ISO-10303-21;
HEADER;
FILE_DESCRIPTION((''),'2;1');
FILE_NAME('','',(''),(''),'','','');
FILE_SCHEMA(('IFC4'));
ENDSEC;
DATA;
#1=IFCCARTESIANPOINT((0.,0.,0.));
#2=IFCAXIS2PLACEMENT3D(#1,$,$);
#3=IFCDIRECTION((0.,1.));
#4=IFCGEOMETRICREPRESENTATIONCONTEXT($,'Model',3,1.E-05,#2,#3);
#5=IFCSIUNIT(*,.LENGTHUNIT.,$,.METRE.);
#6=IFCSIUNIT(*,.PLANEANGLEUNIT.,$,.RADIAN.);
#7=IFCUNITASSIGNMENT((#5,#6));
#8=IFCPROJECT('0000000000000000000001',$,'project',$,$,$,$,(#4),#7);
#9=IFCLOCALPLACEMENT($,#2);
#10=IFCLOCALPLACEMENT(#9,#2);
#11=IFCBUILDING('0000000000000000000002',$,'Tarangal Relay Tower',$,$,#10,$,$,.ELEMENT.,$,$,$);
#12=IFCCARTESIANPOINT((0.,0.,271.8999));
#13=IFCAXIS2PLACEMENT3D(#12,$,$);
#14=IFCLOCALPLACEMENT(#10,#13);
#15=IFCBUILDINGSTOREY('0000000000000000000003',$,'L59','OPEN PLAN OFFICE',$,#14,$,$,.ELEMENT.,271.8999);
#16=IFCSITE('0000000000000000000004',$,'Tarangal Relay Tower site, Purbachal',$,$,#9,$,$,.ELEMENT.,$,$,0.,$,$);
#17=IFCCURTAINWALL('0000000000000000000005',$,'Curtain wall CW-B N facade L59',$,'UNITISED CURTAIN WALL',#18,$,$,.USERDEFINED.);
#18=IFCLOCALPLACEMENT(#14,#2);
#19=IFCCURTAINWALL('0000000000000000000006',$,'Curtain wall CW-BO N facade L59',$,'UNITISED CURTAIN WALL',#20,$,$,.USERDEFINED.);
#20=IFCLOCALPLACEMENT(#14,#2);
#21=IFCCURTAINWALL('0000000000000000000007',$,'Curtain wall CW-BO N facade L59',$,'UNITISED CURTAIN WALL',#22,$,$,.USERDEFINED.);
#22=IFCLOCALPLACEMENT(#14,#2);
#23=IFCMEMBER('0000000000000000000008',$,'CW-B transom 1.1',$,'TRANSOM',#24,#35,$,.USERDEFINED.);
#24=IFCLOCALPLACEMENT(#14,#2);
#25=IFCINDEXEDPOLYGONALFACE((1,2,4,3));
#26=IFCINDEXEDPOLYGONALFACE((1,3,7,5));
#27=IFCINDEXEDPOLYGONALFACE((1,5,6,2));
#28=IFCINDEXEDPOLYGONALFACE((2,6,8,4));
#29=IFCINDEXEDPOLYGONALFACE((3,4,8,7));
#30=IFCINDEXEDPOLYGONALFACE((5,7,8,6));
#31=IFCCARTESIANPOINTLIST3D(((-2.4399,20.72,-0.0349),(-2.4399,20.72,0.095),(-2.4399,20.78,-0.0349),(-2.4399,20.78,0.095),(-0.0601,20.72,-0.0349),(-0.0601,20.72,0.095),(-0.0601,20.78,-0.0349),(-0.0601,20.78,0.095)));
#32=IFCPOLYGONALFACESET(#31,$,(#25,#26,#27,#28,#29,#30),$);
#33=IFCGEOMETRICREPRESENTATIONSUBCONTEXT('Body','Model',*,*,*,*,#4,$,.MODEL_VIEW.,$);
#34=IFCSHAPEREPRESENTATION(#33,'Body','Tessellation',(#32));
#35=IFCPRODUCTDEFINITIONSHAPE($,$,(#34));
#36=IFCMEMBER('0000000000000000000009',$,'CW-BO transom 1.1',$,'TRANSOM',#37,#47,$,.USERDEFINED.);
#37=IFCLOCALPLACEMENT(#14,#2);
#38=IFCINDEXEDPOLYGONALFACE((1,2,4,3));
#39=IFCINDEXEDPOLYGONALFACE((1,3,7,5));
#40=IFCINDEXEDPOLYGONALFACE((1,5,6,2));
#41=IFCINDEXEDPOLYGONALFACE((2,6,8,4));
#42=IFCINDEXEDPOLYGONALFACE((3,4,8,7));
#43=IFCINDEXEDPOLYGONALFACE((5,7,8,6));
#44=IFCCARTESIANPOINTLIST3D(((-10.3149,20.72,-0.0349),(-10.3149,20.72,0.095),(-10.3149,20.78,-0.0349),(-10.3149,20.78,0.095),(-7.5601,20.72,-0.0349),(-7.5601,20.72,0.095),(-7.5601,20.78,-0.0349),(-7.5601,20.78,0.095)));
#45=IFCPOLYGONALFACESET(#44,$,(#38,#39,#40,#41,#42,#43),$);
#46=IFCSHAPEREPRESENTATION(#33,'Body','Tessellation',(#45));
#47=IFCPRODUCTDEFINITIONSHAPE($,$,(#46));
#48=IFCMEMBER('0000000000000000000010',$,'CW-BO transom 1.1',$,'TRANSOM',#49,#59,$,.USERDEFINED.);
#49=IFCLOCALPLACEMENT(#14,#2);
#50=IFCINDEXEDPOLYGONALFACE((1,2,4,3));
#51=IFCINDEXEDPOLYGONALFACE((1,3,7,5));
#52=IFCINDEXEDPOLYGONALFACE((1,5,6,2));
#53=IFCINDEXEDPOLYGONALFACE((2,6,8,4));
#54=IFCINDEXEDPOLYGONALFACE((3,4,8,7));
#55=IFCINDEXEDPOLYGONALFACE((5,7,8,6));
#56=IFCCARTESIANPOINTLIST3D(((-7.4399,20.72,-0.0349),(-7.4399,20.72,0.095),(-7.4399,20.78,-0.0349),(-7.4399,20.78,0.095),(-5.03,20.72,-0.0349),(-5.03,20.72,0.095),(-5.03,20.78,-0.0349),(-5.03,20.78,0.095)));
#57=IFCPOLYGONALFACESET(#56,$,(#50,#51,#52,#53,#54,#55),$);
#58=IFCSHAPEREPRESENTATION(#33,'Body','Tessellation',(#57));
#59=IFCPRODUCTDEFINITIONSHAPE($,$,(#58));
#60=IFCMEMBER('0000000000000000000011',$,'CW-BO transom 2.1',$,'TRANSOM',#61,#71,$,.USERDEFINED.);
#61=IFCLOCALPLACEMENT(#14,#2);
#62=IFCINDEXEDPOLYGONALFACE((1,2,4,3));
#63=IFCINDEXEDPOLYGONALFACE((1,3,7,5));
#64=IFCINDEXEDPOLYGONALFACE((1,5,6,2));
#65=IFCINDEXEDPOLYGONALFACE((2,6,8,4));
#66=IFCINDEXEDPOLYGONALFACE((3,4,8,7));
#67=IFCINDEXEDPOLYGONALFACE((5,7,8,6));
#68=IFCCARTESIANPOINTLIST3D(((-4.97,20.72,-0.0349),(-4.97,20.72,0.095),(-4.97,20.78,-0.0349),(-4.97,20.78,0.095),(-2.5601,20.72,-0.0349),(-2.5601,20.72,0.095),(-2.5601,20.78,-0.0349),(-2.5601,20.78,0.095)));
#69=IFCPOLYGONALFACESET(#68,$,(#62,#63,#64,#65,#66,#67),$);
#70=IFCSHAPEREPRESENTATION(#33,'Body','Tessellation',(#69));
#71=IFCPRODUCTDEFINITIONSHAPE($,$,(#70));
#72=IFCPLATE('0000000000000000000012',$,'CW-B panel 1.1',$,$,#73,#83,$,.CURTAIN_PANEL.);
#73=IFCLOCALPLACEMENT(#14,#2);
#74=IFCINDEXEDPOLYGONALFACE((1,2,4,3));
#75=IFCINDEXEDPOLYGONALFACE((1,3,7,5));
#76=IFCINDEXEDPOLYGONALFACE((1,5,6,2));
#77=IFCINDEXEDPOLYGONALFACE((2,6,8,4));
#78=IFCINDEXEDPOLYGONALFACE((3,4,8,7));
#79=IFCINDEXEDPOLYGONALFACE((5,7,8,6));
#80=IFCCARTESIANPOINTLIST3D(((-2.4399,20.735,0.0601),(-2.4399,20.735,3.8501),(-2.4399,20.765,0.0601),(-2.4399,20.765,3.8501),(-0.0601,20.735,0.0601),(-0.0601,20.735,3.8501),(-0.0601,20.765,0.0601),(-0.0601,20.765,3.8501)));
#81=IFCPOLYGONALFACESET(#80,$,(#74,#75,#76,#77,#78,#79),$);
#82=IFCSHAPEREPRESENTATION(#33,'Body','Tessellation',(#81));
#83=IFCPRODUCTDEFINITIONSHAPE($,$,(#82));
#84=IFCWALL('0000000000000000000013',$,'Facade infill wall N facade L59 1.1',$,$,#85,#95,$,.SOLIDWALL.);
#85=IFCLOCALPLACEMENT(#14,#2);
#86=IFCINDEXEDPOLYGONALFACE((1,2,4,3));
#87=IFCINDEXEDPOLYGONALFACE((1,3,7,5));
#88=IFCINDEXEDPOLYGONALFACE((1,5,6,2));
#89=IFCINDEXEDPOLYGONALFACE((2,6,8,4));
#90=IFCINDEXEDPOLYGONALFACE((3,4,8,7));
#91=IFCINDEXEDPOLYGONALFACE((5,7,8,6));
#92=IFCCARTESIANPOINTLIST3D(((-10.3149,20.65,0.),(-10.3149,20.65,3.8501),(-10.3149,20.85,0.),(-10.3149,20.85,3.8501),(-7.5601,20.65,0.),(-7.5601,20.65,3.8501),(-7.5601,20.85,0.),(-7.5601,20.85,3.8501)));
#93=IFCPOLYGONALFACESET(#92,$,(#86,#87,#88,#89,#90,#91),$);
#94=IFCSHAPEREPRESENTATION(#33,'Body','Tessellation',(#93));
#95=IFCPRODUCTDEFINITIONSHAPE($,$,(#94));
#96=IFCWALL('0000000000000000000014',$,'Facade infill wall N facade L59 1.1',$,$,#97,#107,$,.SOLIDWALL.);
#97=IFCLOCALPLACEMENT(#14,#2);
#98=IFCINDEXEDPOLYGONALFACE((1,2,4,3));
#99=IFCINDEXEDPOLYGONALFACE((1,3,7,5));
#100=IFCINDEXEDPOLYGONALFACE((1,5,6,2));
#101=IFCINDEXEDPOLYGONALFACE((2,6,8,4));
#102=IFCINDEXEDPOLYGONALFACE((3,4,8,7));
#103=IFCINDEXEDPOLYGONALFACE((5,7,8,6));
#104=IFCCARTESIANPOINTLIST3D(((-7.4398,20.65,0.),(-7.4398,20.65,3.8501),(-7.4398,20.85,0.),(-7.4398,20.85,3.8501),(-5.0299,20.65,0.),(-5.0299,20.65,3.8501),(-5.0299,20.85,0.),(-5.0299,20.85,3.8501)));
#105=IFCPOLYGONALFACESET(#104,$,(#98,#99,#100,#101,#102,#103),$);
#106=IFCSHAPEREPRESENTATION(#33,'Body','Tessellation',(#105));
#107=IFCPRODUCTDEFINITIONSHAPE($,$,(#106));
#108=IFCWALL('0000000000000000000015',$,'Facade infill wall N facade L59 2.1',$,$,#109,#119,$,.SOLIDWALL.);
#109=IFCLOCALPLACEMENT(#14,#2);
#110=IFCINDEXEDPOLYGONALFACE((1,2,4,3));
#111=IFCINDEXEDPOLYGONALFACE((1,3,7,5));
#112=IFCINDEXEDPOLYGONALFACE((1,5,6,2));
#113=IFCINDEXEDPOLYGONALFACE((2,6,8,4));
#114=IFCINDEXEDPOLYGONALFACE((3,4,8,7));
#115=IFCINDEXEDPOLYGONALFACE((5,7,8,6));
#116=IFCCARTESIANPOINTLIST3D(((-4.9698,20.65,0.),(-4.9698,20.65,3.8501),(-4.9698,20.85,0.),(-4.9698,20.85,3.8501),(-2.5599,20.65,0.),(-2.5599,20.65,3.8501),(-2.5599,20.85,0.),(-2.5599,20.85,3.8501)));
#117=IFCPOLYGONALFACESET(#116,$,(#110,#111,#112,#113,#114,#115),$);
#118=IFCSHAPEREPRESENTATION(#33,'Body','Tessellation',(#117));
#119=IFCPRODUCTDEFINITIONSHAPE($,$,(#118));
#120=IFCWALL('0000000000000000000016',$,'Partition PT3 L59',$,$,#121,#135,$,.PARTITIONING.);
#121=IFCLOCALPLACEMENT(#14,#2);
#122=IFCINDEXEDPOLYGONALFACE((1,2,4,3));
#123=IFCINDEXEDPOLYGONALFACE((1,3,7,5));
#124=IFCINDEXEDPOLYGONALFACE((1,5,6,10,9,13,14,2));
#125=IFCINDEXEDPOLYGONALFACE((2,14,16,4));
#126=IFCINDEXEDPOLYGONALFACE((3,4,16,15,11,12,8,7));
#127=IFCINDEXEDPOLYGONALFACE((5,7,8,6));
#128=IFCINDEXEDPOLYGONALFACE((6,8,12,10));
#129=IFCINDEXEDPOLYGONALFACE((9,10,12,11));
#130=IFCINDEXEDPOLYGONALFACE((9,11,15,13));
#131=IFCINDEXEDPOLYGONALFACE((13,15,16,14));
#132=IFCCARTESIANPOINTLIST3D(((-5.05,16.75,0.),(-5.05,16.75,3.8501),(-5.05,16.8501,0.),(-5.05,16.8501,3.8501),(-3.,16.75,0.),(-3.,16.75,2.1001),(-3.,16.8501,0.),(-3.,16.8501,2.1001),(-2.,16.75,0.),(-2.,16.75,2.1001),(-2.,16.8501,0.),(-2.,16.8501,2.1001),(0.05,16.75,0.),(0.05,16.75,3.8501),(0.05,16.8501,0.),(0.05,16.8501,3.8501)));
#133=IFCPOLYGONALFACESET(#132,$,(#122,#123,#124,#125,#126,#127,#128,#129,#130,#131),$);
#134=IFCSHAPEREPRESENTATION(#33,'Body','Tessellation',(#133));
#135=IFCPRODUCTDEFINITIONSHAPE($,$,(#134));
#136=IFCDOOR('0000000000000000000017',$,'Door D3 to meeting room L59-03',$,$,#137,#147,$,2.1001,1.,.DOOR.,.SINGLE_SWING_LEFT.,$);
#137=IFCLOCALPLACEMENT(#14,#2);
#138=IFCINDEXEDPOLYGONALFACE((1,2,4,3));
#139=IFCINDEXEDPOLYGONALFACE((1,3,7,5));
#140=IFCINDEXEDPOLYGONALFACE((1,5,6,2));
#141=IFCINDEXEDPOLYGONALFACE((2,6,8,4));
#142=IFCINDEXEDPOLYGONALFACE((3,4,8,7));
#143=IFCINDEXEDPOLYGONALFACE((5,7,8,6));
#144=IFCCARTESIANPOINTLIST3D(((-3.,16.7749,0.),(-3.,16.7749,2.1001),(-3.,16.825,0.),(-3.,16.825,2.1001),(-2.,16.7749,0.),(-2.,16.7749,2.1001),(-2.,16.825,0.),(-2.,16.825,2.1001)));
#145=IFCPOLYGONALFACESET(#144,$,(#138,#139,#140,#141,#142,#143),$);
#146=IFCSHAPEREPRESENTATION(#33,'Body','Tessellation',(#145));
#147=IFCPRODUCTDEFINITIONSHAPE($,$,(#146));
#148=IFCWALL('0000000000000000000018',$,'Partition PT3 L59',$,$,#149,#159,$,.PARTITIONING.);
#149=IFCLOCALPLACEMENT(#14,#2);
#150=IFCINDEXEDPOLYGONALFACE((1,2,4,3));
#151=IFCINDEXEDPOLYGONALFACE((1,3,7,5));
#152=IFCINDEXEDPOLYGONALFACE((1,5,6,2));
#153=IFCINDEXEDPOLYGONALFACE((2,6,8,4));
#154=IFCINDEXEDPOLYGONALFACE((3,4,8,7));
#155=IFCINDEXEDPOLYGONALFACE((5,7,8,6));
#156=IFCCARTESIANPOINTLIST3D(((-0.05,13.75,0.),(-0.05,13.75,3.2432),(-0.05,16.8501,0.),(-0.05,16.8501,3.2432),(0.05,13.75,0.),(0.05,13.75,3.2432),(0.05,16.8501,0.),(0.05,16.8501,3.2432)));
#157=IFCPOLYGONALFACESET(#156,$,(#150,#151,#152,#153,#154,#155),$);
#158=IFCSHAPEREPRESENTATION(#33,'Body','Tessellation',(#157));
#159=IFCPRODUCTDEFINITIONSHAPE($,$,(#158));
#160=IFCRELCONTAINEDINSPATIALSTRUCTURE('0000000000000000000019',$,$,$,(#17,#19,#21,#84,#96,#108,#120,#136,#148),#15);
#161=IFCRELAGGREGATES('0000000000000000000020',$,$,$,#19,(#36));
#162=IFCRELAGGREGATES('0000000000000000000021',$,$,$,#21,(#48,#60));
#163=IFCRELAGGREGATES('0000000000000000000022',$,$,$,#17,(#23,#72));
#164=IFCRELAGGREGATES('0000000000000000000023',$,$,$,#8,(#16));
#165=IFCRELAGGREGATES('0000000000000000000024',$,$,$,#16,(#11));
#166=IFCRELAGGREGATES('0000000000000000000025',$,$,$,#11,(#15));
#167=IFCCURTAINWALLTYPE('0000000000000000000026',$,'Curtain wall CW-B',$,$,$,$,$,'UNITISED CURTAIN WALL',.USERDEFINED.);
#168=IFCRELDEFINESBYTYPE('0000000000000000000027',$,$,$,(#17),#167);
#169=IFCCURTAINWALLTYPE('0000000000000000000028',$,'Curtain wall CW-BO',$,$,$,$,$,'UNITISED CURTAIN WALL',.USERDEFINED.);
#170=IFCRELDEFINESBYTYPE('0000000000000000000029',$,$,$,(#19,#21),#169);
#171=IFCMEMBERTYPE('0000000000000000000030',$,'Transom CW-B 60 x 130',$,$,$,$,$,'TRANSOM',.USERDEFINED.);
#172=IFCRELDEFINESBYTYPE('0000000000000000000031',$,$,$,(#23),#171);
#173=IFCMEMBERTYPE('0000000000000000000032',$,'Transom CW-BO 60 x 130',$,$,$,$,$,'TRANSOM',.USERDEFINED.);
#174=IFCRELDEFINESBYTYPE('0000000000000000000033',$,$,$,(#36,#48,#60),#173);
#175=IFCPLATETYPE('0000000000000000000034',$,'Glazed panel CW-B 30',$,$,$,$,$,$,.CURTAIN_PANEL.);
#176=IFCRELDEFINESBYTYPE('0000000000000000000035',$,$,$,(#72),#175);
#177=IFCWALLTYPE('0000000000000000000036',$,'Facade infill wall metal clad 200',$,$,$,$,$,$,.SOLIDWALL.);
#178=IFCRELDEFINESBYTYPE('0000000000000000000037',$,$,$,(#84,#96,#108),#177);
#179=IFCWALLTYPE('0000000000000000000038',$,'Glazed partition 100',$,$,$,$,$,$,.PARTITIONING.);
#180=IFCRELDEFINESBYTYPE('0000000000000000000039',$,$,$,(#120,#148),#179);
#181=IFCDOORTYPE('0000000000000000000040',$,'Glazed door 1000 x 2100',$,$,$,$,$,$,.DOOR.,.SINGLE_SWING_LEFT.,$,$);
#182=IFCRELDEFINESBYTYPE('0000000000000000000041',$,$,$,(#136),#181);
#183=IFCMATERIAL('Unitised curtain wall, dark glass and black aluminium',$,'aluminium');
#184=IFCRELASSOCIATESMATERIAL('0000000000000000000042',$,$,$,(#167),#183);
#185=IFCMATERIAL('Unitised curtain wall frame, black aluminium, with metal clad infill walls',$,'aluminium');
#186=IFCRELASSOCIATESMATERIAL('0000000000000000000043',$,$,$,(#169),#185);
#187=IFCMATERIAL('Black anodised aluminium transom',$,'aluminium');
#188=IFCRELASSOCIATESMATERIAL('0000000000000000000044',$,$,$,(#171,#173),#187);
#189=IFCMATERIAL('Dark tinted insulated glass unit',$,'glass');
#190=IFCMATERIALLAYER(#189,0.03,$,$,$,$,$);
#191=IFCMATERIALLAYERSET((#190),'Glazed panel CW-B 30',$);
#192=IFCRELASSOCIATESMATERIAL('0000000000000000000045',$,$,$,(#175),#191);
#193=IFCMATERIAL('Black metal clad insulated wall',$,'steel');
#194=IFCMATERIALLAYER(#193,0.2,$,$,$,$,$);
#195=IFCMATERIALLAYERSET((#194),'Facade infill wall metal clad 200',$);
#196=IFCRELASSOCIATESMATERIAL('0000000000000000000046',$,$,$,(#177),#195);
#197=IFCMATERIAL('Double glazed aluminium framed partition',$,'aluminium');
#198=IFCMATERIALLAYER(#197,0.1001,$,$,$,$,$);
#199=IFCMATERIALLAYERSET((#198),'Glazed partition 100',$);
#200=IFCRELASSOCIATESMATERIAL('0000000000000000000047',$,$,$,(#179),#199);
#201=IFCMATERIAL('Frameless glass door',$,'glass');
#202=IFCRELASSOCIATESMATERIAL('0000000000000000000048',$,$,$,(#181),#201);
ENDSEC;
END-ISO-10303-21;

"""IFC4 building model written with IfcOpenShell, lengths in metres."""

from ifc_helpers import new_model, si_unit, direction, frame, frame_2d, origin, origin_2d, place, context, subcontext, project, spatial, rectangle, extrude, material, layer, layer_set, material_profile, profile_set, type_object, element, fill, aggregate, save


model = new_model("IFC4")

# Units and contexts
model_context = context("Model", 3, precision=1e-05, world=origin(), true_north=direction((0.0, 1.0)))
body_context = subcontext(model_context, "Body", "Model", "MODEL_VIEW")
ifc_project = project(units=[si_unit("LENGTHUNIT", "METRE"), si_unit("PLANEANGLEUNIT", "RADIAN")], contexts=[model_context])

# Site, building, storey
site_placement = place(None, origin())
site = spatial("IfcSite", under=ifc_project, at=site_placement, Name="Tarangal Relay Tower site, Purbachal", CompositionType="ELEMENT", RefElevation=0.0)
building_placement = place(site_placement, origin())
building = spatial("IfcBuilding", under=site, at=building_placement, Name="Tarangal Relay Tower", CompositionType="ELEMENT")
storey_placement = place(building_placement, frame((0.0, 0.0, 271.8999)))
storey = spatial("IfcBuildingStorey", under=building, at=storey_placement, Name="L59", Description="OPEN PLAN OFFICE", CompositionType="ELEMENT", Elevation=271.8999)

# Shared definitions
ifc_material_1 = material(Name="Unitised curtain wall, dark glass and black aluminium", Category="aluminium")
curtain_wall_type_1 = type_object("IfcCurtainWallType", Name="Curtain wall CW-B", ElementType="UNITISED CURTAIN WALL", PredefinedType="USERDEFINED", material=ifc_material_1)

# Curtain walls
curtain_wall_1_placement = place(storey_placement, origin())
curtain_wall_1 = element("IfcCurtainWall", 1, at=curtain_wall_1_placement, inside=storey, type_object=curtain_wall_type_1, Name="Curtain wall CW-B N facade L59", ObjectType="UNITISED CURTAIN WALL", PredefinedType="USERDEFINED")
ifc_material_2 = material(Name="Unitised curtain wall frame, black aluminium, with metal clad infill walls", Category="aluminium")
curtain_wall_type_2 = type_object("IfcCurtainWallType", Name="Curtain wall CW-BO", ElementType="UNITISED CURTAIN WALL", PredefinedType="USERDEFINED", material=ifc_material_2)
curtain_wall_2_placement = place(storey_placement, origin())
curtain_wall_2 = element("IfcCurtainWall", 2, at=curtain_wall_2_placement, inside=storey, type_object=curtain_wall_type_2, Name="Curtain wall CW-BO N facade L59", ObjectType="UNITISED CURTAIN WALL", PredefinedType="USERDEFINED")
curtain_wall_3_placement = place(storey_placement, origin())
curtain_wall_3 = element("IfcCurtainWall", 3, at=curtain_wall_3_placement, inside=storey, type_object=curtain_wall_type_2, Name="Curtain wall CW-BO N facade L59", ObjectType="UNITISED CURTAIN WALL", PredefinedType="USERDEFINED")

# Members
ifc_material_3 = material(Name="Black anodised aluminium transom", Category="aluminium")
ifc_material_profile_1 = material_profile(ifc_material_3, rectangle(XDim=0.0601, YDim=0.1299, at=origin_2d()), Name="CW-BT 60X130")
ifc_profile_set_1 = profile_set([ifc_material_profile_1], Name="Black anodised aluminium transom")
member_type_1 = type_object("IfcMemberType", Name="Transom CW-B 60 x 130", ElementType="TRANSOM", PredefinedType="USERDEFINED", material=ifc_profile_set_1)
member_1_placement = place(storey_placement, frame((-2.4399, 20.75, 0.03), z_axis=(1.0, 0.0, 0.0), x_axis=(0.0, 1.0, 0.0)))
member_1 = element("IfcMember", 4, at=member_1_placement, type_object=member_type_1, Name="CW-B transom 1.1", ObjectType="TRANSOM", PredefinedType="USERDEFINED", context=body_context, shape_type="SweptSolid", body=[
    extrude(rectangle(XDim=0.0601, YDim=0.1299, at=origin_2d()), origin(), (0.0, 0.0, 1.0), 2.3799),
])
ifc_material_profile_2 = material_profile(ifc_material_3, rectangle(XDim=0.0601, YDim=0.1299, at=origin_2d()), Name="CW-BOT 60X130")
ifc_profile_set_2 = profile_set([ifc_material_profile_2], Name="Black anodised aluminium transom")
member_type_2 = type_object("IfcMemberType", Name="Transom CW-BO 60 x 130", ElementType="TRANSOM", PredefinedType="USERDEFINED", material=ifc_profile_set_2)
member_2_placement = place(storey_placement, frame((-10.3149, 20.75, 0.03), z_axis=(1.0, 0.0, 0.0), x_axis=(0.0, 1.0, 0.0)))
member_2 = element("IfcMember", 5, at=member_2_placement, type_object=member_type_2, Name="CW-BO transom 1.1", ObjectType="TRANSOM", PredefinedType="USERDEFINED", context=body_context, shape_type="SweptSolid", body=[
    extrude(rectangle(XDim=0.0601, YDim=0.1299, at=origin_2d()), origin(), (0.0, 0.0, 1.0), 2.7549),
])
aggregate(curtain_wall_2, [member_2])
member_3_placement = place(storey_placement, frame((-7.4399, 20.75, 0.03), z_axis=(1.0, 0.0, 0.0), x_axis=(0.0, 1.0, 0.0)))
member_3 = element("IfcMember", 6, at=member_3_placement, type_object=member_type_2, Name="CW-BO transom 1.1", ObjectType="TRANSOM", PredefinedType="USERDEFINED", context=body_context, shape_type="SweptSolid", body=[
    extrude(rectangle(XDim=0.0601, YDim=0.1299, at=origin_2d()), origin(), (0.0, 0.0, 1.0), 2.4099),
])
member_4_placement = place(storey_placement, frame((-4.97, 20.75, 0.03), z_axis=(1.0, 0.0, 0.0), x_axis=(0.0, 1.0, 0.0)))
member_4 = element("IfcMember", 7, at=member_4_placement, type_object=member_type_2, Name="CW-BO transom 2.1", ObjectType="TRANSOM", PredefinedType="USERDEFINED", context=body_context, shape_type="SweptSolid", body=[
    extrude(rectangle(XDim=0.0601, YDim=0.1299, at=origin_2d()), origin(), (0.0, 0.0, 1.0), 2.4099),
])
aggregate(curtain_wall_3, [member_3, member_4])

# Plate
ifc_material_4 = material(Name="Dark tinted insulated glass unit", Category="glass")
ifc_layer_1 = layer(ifc_material_4, 0.03)
ifc_layer_set_1 = layer_set([ifc_layer_1], Name="Glazed panel CW-B 30")
plate_type = type_object("IfcPlateType", Name="Glazed panel CW-B 30", PredefinedType="CURTAIN_PANEL", material=ifc_layer_set_1)
plate_placement = place(storey_placement, frame((-1.25, 20.75, 0.0601), z_axis=(0.0, 0.0, 1.0), x_axis=(1.0, 0.0, 0.0)))
plate = element("IfcPlate", 8, at=plate_placement, type_object=plate_type, Name="CW-B panel 1.1", PredefinedType="CURTAIN_PANEL", context=body_context, shape_type="SweptSolid", body=[
    extrude(rectangle(XDim=2.3799, YDim=0.03, at=origin_2d()), origin(), (0.0, 0.0, 1.0), 3.79),
])
aggregate(curtain_wall_1, [member_1, plate])

# Walls
ifc_material_5 = material(Name="Black metal clad insulated wall", Category="steel")
ifc_layer_2 = layer(ifc_material_5, 0.2)
ifc_layer_set_2 = layer_set([ifc_layer_2], Name="Facade infill wall metal clad 200")
wall_type_1 = type_object("IfcWallType", Name="Facade infill wall metal clad 200", PredefinedType="SOLIDWALL", material=ifc_layer_set_2)
wall_1_placement = place(storey_placement, frame((-10.3149, 20.75, 0.0), z_axis=(0.0, 0.0, 1.0), x_axis=(1.0, 0.0, 0.0)))
element("IfcWall", 9, at=wall_1_placement, inside=storey, type_object=wall_type_1, Name="Facade infill wall N facade L59 1.1", PredefinedType="SOLIDWALL", context=body_context, shape_type="SweptSolid", body=[
    extrude(rectangle(XDim=2.7549, YDim=0.2, at=frame_2d((1.3774, 0.0))), origin(), (0.0, 0.0, 1.0), 3.8501),
])
for number, where, z_axis, x_axis, name in (
    (10, (-7.4399, 20.75, 0.0), (0.0, 0.0, 1.0), (1.0, 0.0, 0.0), "Facade infill wall N facade L59 1.1"),
    (11, (-4.97, 20.75, 0.0), (0.0, 0.0, 1.0), (1.0, 0.0, 0.0), "Facade infill wall N facade L59 2.1"),
):
    element("IfcWall", number, at=place(storey_placement, frame(where, z_axis=z_axis, x_axis=x_axis)), inside=storey, type_object=wall_type_1, Name=name, PredefinedType="SOLIDWALL", context=body_context, shape_type="SweptSolid", body=[
        extrude(rectangle(XDim=2.4099, YDim=0.2, at=frame_2d((1.2051, 0.0))), origin(), (0.0, 0.0, 1.0), 3.8501),
    ])

# Wall, opening, door
ifc_material_6 = material(Name="Double glazed aluminium framed partition", Category="aluminium")
ifc_layer_3 = layer(ifc_material_6, 0.1001)
ifc_layer_set_3 = layer_set([ifc_layer_3], Name="Glazed partition 100")
wall_type_2 = type_object("IfcWallType", Name="Glazed partition 100", PredefinedType="PARTITIONING", material=ifc_layer_set_3)
wall_2_placement = place(storey_placement, frame((-5.05, 16.8, 0.0), z_axis=(0.0, 0.0, 1.0), x_axis=(1.0, 0.0, 0.0)))
wall_2 = element("IfcWall", 12, at=wall_2_placement, inside=storey, type_object=wall_type_2, Name="Partition PT3 L59", PredefinedType="PARTITIONING", context=body_context, shape_type="SweptSolid", body=[
    extrude(rectangle(XDim=5.1001, YDim=0.1001, at=frame_2d((2.55, 0.0))), origin(), (0.0, 0.0, 1.0), 3.8501),
])
opening_1_placement = place(wall_2_placement, frame((2.05, 0.0, 0.0)))
opening_1 = element("IfcOpeningElement", 13, at=opening_1_placement, cuts=wall_2, PredefinedType="OPENING", context=body_context, shape_type="SweptSolid", body=[
    extrude(rectangle(XDim=1.0, YDim=2.1001, at=frame_2d((0.5, 1.05))), frame((0.0, 0.0601, 0.0), z_axis=(0.0, -1.0, 0.0), x_axis=(1.0, 0.0, 0.0)), (0.0, 0.0, 1.0), 0.1201),
])
ifc_material_7 = material(Name="Frameless glass door", Category="glass")
door_type_1 = type_object("IfcDoorType", Name="Glazed door 1000 x 2100", OperationType="SINGLE_SWING_LEFT", PredefinedType="DOOR", material=ifc_material_7)
door_1_placement = place(opening_1_placement, origin())
door_1 = element("IfcDoor", 14, at=door_1_placement, inside=storey, type_object=door_type_1, Name="Door D3 to meeting room L59-03", OperationType="SINGLE_SWING_LEFT", OverallHeight=2.1001, OverallWidth=1.0, PredefinedType="DOOR", context=body_context, shape_type="SweptSolid", body=[
    extrude(rectangle(XDim=1.0, YDim=2.1001, at=frame_2d((0.5, 1.05))), frame((0.0, 0.0249, 0.0), z_axis=(0.0, -1.0, 0.0), x_axis=(1.0, 0.0, 0.0)), (0.0, 0.0, 1.0), 0.05),
])
fill(opening_1, door_1)

# Wall
wall_3_placement = place(storey_placement, frame((0.0, 13.75, 0.0), z_axis=(0.0, 0.0, 1.0), x_axis=(0.0, 1.0, 0.0)))
element("IfcWall", 15, at=wall_3_placement, inside=storey, type_object=wall_type_2, Name="Partition PT3 L59", PredefinedType="PARTITIONING", context=body_context, shape_type="SweptSolid", body=[
    extrude(rectangle(XDim=3.1001, YDim=0.1001, at=frame_2d((1.55, 0.0))), origin(), (0.0, 0.0, 1.0), 3.2432),
])

save(model, "model.ifc")
